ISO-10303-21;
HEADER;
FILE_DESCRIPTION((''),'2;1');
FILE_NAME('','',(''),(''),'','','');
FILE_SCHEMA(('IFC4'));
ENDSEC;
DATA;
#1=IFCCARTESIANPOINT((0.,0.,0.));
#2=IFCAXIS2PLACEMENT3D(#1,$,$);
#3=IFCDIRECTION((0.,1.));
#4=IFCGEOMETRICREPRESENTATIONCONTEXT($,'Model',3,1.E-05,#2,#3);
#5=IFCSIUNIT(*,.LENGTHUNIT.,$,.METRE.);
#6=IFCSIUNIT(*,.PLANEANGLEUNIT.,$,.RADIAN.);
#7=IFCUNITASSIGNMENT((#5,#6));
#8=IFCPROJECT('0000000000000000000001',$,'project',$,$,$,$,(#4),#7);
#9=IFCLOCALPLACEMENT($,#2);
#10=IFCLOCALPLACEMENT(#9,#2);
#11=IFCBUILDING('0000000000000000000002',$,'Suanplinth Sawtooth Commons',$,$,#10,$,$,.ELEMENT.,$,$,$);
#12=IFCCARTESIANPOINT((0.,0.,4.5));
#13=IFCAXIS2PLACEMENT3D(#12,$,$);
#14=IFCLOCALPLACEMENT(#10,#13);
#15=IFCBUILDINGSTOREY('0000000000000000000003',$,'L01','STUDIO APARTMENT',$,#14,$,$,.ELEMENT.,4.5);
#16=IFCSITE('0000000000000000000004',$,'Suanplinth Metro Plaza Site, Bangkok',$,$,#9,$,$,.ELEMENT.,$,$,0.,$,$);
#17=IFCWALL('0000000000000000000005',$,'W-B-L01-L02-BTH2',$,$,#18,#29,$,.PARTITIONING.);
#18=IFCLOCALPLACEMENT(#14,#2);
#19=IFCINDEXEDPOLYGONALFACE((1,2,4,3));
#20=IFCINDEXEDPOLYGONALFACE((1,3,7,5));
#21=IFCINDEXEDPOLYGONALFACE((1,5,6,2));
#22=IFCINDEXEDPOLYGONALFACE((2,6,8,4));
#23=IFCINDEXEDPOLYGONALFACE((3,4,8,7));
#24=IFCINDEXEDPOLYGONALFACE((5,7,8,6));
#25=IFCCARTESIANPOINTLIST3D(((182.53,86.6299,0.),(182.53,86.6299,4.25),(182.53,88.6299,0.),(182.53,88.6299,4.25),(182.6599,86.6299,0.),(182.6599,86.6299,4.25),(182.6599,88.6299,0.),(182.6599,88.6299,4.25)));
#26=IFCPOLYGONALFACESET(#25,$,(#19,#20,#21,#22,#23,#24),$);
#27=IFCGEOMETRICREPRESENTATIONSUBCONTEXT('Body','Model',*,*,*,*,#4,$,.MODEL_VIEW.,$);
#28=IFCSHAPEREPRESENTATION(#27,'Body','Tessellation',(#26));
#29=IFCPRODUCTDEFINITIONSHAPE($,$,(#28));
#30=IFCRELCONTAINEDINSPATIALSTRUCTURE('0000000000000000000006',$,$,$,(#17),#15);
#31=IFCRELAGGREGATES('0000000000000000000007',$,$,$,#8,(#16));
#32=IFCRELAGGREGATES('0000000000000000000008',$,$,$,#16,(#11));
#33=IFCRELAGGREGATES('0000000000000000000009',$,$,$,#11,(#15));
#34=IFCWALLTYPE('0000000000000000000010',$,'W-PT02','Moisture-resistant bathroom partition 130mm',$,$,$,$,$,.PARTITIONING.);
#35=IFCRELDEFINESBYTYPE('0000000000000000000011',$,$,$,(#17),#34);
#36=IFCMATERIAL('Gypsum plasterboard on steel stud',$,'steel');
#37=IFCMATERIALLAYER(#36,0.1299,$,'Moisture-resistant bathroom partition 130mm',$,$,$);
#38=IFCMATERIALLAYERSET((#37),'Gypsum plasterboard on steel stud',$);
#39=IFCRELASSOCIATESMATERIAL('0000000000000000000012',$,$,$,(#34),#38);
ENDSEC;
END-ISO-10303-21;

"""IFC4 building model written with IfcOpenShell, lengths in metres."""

from ifc_helpers import new_model, si_unit, direction, frame, frame_2d, origin, place, context, subcontext, project, spatial, rectangle, extrude, material, layer, layer_set, type_object, element, save


model = new_model("IFC4")

# Units and contexts
model_context = context("Model", 3, precision=1e-05, world=origin(), true_north=direction((0.0, 1.0)))
body_context = subcontext(model_context, "Body", "Model", "MODEL_VIEW")
ifc_project = project(units=[si_unit("LENGTHUNIT", "METRE"), si_unit("PLANEANGLEUNIT", "RADIAN")], contexts=[model_context])

# Site, building, storey
site_placement = place(None, origin())
site = spatial("IfcSite", under=ifc_project, at=site_placement, Name="Suanplinth Metro Plaza Site, Bangkok", CompositionType="ELEMENT", RefElevation=0.0)
building_placement = place(site_placement, origin())
building = spatial("IfcBuilding", under=site, at=building_placement, Name="Suanplinth Sawtooth Commons", CompositionType="ELEMENT")
storey_placement = place(building_placement, frame((0.0, 0.0, 4.5)))
storey = spatial("IfcBuildingStorey", under=building, at=storey_placement, Name="L01", Description="STUDIO APARTMENT", CompositionType="ELEMENT", Elevation=4.5)

# Shared definitions
ifc_material_1 = material(Name="Gypsum plasterboard on steel stud", Category="steel")
ifc_layer_1 = layer(ifc_material_1, 0.1299, Name="Moisture-resistant bathroom partition 130mm")
ifc_layer_set_1 = layer_set([ifc_layer_1], Name="Gypsum plasterboard on steel stud")
wall_type_1 = type_object("IfcWallType", Name="W-PT02", Description="Moisture-resistant bathroom partition 130mm", PredefinedType="PARTITIONING", material=ifc_layer_set_1)

# Wall
wall_1_placement = place(storey_placement, frame((182.595, 86.6299, 0.0), z_axis=(0.0, 0.0, 1.0), x_axis=(0.0, 1.0, 0.0)))
element("IfcWall", 1, at=wall_1_placement, inside=storey, type_object=wall_type_1, Name="W-B-L01-L02-BTH2", PredefinedType="PARTITIONING", context=body_context, shape_type="SweptSolid", body=[
    extrude(rectangle(XDim=2.0, YDim=0.1299, at=frame_2d((1.0, 0.0))), origin(), (0.0, 0.0, 1.0), 4.25),
])

save(model, "model.ifc")
